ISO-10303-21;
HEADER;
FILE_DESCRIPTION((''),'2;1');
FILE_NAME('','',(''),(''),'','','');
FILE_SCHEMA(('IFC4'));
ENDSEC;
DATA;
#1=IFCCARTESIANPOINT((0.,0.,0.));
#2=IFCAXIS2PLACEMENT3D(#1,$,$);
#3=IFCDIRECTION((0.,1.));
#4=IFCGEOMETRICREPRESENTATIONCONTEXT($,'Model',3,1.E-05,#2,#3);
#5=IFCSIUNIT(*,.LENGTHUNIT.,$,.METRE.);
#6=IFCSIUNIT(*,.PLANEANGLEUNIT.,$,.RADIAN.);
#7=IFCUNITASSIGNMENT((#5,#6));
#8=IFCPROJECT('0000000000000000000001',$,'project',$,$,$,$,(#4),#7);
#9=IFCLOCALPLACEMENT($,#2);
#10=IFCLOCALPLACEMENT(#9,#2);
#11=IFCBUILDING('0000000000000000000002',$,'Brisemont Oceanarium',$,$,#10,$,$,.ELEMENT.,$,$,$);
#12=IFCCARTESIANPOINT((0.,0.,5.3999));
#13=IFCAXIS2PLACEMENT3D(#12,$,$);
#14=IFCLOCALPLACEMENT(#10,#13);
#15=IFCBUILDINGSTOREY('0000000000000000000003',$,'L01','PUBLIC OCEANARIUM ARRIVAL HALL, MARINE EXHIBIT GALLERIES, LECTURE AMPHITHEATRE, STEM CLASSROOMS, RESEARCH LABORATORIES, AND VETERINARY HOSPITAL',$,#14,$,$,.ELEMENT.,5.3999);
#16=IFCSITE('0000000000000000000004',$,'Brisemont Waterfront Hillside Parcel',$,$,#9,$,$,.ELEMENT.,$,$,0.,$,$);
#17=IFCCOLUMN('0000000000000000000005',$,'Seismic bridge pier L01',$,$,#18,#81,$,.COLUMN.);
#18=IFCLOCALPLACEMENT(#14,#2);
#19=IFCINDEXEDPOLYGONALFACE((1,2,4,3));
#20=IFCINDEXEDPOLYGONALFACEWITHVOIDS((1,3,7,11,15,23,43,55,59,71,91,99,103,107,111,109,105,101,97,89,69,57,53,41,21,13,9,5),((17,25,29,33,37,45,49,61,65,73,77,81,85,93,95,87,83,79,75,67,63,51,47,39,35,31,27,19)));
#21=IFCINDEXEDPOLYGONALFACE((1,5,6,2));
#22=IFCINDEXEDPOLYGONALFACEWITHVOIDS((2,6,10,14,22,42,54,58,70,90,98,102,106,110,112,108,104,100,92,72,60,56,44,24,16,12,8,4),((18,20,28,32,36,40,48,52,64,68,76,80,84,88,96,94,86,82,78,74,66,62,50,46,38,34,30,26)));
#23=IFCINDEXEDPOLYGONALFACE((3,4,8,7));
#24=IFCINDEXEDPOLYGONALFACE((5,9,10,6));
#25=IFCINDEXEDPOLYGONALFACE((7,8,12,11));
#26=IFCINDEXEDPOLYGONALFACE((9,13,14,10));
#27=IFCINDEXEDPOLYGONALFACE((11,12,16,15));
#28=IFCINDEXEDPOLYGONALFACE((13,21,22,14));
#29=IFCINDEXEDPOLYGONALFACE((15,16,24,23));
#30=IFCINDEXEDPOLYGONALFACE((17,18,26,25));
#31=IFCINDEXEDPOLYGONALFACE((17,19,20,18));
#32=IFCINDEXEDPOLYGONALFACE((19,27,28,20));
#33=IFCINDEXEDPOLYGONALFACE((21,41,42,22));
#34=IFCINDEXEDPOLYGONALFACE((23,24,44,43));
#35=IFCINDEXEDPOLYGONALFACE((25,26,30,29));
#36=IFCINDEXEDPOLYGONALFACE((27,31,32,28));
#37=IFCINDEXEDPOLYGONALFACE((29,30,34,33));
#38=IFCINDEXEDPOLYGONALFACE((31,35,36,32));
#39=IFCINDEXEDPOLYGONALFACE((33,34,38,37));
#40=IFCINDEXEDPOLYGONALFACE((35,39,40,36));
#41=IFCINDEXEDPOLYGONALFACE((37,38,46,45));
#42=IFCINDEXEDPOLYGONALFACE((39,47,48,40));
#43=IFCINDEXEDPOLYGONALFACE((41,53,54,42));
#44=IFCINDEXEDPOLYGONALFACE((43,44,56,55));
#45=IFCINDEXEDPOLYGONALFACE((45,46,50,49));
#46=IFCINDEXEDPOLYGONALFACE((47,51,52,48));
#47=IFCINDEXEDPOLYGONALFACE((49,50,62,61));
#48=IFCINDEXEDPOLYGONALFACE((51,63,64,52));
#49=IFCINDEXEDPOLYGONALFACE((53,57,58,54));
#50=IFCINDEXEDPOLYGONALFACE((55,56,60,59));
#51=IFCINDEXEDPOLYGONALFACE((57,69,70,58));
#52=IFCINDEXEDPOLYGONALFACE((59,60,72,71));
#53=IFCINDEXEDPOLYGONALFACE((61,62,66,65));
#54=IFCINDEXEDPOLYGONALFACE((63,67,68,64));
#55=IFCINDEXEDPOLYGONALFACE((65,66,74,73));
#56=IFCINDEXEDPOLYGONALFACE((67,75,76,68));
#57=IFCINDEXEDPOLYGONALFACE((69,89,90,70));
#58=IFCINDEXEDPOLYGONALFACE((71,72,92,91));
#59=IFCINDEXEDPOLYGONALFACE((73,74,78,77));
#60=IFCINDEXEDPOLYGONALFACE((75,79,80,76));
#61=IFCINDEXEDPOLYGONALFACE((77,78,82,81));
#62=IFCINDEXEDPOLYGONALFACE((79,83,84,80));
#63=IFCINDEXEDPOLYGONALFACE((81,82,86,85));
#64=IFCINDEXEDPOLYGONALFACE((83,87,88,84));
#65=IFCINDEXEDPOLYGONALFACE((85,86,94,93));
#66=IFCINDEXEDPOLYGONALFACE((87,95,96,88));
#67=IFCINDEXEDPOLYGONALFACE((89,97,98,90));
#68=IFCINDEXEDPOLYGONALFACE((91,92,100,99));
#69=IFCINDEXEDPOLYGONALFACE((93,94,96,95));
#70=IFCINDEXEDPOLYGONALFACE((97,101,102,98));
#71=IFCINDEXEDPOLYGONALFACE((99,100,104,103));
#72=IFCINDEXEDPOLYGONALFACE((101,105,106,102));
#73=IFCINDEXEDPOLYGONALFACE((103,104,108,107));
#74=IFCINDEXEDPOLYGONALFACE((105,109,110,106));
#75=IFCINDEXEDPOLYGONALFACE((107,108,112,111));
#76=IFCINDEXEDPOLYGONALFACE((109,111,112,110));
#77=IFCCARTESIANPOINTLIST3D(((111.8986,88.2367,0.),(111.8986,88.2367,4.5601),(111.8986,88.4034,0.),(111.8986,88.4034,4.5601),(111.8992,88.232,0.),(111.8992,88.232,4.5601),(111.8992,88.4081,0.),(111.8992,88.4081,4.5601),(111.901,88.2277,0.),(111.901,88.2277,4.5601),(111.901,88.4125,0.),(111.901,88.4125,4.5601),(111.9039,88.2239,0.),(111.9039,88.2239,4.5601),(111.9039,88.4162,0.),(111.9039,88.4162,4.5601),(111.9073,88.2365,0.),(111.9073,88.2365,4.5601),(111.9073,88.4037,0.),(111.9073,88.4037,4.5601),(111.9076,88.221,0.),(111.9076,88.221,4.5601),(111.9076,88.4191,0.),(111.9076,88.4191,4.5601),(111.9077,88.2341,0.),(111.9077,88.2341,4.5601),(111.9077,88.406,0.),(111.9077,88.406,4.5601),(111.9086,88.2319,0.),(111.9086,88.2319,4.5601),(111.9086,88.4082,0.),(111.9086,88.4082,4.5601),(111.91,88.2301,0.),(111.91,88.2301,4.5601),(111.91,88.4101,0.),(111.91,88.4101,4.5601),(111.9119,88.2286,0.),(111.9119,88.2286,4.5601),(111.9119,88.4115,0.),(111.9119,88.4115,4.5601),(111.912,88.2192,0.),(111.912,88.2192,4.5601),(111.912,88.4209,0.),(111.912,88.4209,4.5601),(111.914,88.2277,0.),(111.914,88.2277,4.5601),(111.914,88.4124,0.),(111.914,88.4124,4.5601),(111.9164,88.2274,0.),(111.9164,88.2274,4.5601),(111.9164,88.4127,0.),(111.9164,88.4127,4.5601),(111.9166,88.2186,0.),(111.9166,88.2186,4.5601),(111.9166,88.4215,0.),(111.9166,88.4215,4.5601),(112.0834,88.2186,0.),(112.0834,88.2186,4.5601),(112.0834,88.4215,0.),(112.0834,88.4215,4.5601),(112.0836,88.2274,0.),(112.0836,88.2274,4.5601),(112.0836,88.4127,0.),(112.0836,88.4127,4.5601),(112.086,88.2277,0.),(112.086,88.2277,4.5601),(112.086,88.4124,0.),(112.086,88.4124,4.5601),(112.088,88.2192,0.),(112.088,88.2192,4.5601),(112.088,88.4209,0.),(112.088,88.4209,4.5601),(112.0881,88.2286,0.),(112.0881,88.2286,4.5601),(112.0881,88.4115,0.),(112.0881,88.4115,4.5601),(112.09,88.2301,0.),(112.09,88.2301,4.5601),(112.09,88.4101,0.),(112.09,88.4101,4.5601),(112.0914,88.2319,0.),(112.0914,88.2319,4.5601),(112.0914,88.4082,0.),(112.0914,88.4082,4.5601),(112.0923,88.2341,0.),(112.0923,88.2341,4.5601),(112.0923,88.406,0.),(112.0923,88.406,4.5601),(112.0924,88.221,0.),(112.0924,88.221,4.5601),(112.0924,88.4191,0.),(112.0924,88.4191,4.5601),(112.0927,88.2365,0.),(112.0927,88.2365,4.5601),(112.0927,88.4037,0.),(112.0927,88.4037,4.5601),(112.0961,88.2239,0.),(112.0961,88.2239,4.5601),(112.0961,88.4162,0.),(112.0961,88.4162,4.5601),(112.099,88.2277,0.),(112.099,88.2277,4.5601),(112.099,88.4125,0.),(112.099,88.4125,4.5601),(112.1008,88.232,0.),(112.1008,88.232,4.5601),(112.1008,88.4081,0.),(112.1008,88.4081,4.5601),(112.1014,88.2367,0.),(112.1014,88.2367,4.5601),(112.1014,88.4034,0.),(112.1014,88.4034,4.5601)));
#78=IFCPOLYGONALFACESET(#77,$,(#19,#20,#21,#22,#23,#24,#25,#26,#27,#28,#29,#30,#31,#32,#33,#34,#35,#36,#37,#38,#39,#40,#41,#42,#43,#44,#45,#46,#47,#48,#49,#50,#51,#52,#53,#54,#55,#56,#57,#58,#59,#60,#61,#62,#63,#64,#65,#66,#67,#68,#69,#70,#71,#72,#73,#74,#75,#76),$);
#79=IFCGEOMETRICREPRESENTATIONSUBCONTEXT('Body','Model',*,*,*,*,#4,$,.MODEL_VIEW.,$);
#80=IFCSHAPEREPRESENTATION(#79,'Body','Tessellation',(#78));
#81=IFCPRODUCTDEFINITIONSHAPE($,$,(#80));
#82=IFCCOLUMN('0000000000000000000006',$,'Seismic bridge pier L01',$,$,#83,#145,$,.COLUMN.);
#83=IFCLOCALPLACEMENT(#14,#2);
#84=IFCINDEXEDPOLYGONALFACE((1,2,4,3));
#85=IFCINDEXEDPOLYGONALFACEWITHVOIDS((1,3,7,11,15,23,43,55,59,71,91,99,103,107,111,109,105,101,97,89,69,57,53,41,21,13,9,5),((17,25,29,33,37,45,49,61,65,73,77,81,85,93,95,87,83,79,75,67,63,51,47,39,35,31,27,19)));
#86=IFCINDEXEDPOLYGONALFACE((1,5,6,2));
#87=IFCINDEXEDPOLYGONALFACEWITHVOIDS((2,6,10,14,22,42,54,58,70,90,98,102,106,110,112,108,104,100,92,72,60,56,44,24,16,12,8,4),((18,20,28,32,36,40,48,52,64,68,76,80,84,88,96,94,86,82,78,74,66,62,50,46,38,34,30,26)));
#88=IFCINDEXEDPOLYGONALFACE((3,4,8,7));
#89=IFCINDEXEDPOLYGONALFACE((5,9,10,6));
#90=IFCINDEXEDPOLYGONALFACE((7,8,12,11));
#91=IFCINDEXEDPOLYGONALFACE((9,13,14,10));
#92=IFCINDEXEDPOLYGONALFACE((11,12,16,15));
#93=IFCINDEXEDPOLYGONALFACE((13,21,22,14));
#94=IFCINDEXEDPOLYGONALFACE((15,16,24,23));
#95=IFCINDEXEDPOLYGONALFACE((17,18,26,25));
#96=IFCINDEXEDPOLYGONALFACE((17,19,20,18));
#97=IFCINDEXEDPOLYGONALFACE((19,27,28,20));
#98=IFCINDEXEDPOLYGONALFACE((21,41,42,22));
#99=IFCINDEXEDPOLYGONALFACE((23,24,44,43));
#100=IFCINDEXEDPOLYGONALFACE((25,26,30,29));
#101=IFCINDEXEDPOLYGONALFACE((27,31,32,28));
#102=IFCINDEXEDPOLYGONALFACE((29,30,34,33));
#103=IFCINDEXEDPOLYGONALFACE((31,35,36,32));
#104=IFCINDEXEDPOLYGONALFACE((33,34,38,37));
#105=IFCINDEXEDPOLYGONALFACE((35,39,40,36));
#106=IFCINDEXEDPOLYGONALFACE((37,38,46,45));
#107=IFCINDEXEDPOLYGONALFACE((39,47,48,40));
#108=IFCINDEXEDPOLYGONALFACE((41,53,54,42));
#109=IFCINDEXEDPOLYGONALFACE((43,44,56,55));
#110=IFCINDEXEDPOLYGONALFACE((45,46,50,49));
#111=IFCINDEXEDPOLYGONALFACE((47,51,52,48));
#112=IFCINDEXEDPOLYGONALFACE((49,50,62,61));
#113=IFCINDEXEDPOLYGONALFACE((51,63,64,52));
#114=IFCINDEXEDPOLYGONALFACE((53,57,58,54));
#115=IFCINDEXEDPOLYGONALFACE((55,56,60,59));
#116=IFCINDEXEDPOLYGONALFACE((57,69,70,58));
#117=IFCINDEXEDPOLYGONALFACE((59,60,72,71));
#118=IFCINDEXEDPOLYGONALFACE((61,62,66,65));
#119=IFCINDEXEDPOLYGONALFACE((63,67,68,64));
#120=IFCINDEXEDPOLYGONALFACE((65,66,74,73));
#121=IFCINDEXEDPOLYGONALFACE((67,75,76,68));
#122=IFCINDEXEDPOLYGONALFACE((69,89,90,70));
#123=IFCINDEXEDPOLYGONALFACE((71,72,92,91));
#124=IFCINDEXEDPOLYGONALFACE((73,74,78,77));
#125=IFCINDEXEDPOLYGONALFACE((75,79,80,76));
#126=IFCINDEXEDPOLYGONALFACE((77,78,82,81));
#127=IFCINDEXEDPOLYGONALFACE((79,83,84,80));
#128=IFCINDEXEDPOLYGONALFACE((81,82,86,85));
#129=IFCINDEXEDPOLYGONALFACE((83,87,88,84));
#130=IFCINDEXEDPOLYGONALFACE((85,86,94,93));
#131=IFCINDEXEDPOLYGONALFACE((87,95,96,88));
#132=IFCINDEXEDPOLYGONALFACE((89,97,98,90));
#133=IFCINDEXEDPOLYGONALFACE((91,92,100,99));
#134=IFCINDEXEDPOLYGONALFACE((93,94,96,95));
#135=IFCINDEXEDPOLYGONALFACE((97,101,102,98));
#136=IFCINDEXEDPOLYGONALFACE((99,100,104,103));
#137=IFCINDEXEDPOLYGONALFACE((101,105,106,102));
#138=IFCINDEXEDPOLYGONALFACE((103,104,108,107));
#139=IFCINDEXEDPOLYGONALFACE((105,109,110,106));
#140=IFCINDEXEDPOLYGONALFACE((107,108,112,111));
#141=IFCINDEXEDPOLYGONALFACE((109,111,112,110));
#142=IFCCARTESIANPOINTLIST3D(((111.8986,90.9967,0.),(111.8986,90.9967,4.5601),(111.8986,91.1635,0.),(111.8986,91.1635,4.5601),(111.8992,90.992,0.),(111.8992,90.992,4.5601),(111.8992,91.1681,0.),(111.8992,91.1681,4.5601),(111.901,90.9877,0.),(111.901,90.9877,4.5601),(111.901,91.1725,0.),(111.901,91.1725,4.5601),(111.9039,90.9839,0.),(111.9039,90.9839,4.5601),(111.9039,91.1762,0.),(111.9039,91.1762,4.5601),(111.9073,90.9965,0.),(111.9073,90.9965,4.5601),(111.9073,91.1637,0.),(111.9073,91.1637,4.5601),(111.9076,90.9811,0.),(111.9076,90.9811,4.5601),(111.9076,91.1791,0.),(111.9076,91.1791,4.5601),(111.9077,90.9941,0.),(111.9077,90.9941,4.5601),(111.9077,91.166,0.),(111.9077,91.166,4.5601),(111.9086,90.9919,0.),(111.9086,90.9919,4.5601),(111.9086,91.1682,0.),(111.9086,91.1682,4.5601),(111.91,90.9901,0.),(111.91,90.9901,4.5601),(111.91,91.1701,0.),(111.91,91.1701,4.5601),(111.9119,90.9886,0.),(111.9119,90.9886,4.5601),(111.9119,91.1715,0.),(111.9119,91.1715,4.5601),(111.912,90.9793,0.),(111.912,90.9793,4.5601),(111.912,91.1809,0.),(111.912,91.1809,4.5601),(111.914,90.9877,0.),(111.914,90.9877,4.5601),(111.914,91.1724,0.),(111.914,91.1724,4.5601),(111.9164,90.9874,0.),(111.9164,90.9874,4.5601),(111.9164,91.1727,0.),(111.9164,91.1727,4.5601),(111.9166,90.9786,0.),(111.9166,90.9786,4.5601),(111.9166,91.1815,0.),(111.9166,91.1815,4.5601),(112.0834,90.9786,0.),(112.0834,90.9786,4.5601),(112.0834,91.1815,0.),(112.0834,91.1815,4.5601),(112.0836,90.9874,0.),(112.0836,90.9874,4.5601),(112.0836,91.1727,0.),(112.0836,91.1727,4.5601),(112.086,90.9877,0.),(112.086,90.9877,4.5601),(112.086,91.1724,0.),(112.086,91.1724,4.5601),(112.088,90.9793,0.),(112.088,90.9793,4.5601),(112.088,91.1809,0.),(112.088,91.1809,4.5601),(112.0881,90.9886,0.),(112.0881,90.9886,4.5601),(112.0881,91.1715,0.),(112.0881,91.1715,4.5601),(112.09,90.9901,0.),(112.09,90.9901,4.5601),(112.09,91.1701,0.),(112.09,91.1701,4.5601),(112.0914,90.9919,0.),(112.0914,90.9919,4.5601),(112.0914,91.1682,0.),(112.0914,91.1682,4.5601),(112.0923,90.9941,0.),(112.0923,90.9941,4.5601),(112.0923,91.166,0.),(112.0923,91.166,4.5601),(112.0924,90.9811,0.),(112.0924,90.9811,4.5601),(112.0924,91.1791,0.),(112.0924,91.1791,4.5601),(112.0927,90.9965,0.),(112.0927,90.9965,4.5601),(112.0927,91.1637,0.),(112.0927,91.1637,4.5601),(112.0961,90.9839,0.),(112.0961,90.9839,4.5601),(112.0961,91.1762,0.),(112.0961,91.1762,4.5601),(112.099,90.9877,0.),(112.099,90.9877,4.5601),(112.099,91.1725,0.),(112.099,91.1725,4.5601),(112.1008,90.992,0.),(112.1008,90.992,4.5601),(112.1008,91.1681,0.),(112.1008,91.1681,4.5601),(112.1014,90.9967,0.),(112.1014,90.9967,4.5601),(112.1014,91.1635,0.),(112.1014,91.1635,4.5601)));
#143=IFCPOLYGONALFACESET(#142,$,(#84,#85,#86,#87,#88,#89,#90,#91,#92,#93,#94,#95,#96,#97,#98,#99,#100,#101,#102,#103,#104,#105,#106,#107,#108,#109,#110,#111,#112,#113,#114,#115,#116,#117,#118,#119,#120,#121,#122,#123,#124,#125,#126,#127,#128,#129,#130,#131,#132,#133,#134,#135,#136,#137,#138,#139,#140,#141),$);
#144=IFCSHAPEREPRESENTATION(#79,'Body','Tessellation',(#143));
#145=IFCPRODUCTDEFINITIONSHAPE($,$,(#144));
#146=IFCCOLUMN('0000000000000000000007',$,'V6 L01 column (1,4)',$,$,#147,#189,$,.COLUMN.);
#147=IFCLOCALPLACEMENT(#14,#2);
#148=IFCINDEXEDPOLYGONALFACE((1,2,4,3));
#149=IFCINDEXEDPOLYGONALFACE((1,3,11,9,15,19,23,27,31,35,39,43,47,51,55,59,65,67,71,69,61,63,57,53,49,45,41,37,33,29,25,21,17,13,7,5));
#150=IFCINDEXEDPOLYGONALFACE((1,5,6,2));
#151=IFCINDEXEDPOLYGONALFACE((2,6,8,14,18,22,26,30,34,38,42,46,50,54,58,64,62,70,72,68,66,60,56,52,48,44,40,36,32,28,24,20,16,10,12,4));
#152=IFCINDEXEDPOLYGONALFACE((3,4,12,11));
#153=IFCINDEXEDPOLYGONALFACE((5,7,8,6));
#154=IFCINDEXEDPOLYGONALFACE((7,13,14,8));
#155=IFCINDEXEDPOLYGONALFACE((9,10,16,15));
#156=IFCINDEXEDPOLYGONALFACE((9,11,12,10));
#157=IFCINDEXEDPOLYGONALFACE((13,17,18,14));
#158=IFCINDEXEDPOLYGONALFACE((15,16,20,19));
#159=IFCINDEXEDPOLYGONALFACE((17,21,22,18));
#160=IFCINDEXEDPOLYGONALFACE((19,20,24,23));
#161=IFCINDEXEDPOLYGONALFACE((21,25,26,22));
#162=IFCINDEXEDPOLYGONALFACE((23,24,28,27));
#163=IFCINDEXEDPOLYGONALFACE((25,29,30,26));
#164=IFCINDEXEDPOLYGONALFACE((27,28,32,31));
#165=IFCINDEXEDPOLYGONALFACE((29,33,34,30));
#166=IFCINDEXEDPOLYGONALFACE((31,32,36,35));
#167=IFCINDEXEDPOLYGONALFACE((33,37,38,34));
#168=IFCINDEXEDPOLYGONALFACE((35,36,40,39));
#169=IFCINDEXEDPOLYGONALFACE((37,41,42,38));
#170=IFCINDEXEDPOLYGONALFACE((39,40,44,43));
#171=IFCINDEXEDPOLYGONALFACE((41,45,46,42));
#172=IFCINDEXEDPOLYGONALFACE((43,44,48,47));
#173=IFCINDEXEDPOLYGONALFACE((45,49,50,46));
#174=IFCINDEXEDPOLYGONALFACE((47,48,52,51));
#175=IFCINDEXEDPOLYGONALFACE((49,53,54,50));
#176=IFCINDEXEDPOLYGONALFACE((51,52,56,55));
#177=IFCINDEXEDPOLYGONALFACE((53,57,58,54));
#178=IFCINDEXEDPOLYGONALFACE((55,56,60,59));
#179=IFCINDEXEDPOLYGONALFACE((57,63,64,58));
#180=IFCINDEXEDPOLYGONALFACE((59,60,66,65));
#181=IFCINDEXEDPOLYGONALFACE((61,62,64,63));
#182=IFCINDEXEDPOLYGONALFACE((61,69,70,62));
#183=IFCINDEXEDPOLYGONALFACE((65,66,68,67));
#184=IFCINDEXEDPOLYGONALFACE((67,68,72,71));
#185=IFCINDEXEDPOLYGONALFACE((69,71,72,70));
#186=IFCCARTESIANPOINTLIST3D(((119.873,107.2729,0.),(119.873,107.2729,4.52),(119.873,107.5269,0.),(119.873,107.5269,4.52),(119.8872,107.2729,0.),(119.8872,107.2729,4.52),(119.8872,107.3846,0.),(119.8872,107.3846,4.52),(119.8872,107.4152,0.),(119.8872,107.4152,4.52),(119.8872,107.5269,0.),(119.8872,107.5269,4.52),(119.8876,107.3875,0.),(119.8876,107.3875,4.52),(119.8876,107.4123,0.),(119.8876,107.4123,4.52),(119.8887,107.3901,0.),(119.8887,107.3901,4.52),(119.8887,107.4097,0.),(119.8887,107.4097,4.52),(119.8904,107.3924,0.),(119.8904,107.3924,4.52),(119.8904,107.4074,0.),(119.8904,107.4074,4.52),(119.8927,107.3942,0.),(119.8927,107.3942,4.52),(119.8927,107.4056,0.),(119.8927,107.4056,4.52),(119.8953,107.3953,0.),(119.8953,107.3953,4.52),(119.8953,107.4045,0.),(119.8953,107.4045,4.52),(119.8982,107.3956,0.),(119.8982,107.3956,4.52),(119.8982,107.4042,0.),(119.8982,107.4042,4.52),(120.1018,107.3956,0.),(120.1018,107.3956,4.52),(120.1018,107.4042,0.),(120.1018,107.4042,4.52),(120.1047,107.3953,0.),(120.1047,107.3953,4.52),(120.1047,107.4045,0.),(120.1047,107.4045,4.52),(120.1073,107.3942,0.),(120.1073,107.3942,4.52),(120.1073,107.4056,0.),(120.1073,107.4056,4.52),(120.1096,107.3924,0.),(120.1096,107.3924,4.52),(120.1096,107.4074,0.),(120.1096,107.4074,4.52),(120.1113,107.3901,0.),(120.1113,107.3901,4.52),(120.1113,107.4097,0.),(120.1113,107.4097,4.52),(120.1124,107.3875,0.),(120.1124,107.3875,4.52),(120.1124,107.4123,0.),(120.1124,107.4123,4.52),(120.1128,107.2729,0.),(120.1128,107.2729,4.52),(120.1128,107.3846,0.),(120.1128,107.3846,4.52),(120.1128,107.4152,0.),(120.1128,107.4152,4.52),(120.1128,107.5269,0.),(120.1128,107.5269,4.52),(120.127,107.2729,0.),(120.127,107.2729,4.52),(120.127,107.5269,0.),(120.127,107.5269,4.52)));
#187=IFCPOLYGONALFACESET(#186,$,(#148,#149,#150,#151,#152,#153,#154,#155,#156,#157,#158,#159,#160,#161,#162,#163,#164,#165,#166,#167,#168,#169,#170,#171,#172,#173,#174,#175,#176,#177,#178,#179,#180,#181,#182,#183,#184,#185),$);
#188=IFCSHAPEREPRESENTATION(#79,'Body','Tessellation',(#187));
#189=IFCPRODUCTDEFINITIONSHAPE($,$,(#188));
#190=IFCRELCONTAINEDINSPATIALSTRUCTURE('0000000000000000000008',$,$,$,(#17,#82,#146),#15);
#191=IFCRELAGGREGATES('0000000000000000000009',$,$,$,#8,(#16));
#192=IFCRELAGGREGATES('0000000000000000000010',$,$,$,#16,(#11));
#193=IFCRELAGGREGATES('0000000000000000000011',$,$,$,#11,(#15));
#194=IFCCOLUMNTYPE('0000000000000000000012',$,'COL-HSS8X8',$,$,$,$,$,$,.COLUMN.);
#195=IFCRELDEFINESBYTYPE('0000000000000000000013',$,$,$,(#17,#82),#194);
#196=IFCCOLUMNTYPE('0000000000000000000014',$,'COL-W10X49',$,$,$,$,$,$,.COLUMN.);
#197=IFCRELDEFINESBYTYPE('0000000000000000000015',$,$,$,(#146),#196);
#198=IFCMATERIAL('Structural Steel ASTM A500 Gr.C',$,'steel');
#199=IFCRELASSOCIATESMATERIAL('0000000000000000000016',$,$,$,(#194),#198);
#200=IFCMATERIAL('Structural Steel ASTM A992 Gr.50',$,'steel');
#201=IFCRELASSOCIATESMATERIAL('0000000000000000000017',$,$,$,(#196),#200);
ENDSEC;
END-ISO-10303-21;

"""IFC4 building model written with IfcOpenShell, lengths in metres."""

from ifc_helpers import new_model, si_unit, direction, frame, origin, origin_2d, place, context, subcontext, project, spatial, hollow_rectangle, i_section, extrude, material, material_profile, profile_set, type_object, element, save


model = new_model("IFC4")

# Units and contexts
model_context = context("Model", 3, precision=1e-05, world=origin(), true_north=direction((0.0, 1.0)))
body_context = subcontext(model_context, "Body", "Model", "MODEL_VIEW")
ifc_project = project(units=[si_unit("LENGTHUNIT", "METRE"), si_unit("PLANEANGLEUNIT", "RADIAN")], contexts=[model_context])

# Site, building, storey
site_placement = place(None, origin())
site = spatial("IfcSite", under=ifc_project, at=site_placement, Name="Brisemont Waterfront Hillside Parcel", CompositionType="ELEMENT", RefElevation=0.0)
building_placement = place(site_placement, origin())
building = spatial("IfcBuilding", under=site, at=building_placement, Name="Brisemont Oceanarium", CompositionType="ELEMENT")
storey_placement = place(building_placement, frame((0.0, 0.0, 5.3999)))
storey = spatial("IfcBuildingStorey", under=building, at=storey_placement, Name="L01", Description="PUBLIC OCEANARIUM ARRIVAL HALL, MARINE EXHIBIT GALLERIES, LECTURE AMPHITHEATRE, STEM CLASSROOMS, RESEARCH LABORATORIES, AND VETERINARY HOSPITAL", CompositionType="ELEMENT", Elevation=5.3999)

# Columns
ifc_material_1 = material(Name="Structural Steel ASTM A500 Gr.C", Category="steel")
ifc_material_profile_1 = material_profile(ifc_material_1, hollow_rectangle(XDim=0.2029, YDim=0.2029, WallThickness=0.0088, InnerFilletRadius=0.009, OuterFilletRadius=0.0181, at=origin_2d()), Name="HSS8X8X3/8")
ifc_profile_set_1 = profile_set([ifc_material_profile_1], Name="Structural Steel ASTM A500 Gr.C")
column_type_1 = type_object("IfcColumnType", Name="COL-HSS8X8", PredefinedType="COLUMN", material=ifc_profile_set_1)
for number, where, z_axis, x_axis, name in (
    (1, (112.0, 88.3201, 0.0), (0.0, 0.0, 1.0), (1.0, 0.0, 0.0), "Seismic bridge pier L01"),
    (2, (112.0, 91.0801, 0.0), (0.0, 0.0, 1.0), (1.0, 0.0, 0.0), "Seismic bridge pier L01"),
):
    element("IfcColumn", number, at=place(storey_placement, frame(where, z_axis=z_axis, x_axis=x_axis)), inside=storey, type_object=column_type_1, Name=name, PredefinedType="COLUMN", context=body_context, shape_type="SweptSolid", body=[
        extrude(hollow_rectangle(XDim=0.2029, YDim=0.2029, WallThickness=0.0088, InnerFilletRadius=0.009, OuterFilletRadius=0.0181, at=origin_2d()), origin(), (0.0, 0.0, 1.0), 4.5601),
    ])
ifc_material_2 = material(Name="Structural Steel ASTM A992 Gr.50", Category="steel")
ifc_material_profile_2 = material_profile(ifc_material_2, i_section(OverallWidth=0.2539, OverallDepth=0.2539, WebThickness=0.0085, FlangeThickness=0.0142, FilletRadius=0.011, at=origin_2d()), Name="W10X49")
ifc_profile_set_2 = profile_set([ifc_material_profile_2], Name="Structural Steel ASTM A992 Gr.50")
column_type_2 = type_object("IfcColumnType", Name="COL-W10X49", PredefinedType="COLUMN", material=ifc_profile_set_2)
column_1_placement = place(storey_placement, frame((120.0, 107.3999, 0.0), z_axis=(0.0, 0.0, 1.0), x_axis=(0.0, 1.0, 0.0)))
element("IfcColumn", 3, at=column_1_placement, inside=storey, type_object=column_type_2, Name="V6 L01 column (1,4)", PredefinedType="COLUMN", context=body_context, shape_type="SweptSolid", body=[
    extrude(i_section(OverallWidth=0.2539, OverallDepth=0.2539, WebThickness=0.0085, FlangeThickness=0.0142, FilletRadius=0.011, at=origin_2d()), origin(), (0.0, 0.0, 1.0), 4.52),
])

save(model, "model.ifc")
